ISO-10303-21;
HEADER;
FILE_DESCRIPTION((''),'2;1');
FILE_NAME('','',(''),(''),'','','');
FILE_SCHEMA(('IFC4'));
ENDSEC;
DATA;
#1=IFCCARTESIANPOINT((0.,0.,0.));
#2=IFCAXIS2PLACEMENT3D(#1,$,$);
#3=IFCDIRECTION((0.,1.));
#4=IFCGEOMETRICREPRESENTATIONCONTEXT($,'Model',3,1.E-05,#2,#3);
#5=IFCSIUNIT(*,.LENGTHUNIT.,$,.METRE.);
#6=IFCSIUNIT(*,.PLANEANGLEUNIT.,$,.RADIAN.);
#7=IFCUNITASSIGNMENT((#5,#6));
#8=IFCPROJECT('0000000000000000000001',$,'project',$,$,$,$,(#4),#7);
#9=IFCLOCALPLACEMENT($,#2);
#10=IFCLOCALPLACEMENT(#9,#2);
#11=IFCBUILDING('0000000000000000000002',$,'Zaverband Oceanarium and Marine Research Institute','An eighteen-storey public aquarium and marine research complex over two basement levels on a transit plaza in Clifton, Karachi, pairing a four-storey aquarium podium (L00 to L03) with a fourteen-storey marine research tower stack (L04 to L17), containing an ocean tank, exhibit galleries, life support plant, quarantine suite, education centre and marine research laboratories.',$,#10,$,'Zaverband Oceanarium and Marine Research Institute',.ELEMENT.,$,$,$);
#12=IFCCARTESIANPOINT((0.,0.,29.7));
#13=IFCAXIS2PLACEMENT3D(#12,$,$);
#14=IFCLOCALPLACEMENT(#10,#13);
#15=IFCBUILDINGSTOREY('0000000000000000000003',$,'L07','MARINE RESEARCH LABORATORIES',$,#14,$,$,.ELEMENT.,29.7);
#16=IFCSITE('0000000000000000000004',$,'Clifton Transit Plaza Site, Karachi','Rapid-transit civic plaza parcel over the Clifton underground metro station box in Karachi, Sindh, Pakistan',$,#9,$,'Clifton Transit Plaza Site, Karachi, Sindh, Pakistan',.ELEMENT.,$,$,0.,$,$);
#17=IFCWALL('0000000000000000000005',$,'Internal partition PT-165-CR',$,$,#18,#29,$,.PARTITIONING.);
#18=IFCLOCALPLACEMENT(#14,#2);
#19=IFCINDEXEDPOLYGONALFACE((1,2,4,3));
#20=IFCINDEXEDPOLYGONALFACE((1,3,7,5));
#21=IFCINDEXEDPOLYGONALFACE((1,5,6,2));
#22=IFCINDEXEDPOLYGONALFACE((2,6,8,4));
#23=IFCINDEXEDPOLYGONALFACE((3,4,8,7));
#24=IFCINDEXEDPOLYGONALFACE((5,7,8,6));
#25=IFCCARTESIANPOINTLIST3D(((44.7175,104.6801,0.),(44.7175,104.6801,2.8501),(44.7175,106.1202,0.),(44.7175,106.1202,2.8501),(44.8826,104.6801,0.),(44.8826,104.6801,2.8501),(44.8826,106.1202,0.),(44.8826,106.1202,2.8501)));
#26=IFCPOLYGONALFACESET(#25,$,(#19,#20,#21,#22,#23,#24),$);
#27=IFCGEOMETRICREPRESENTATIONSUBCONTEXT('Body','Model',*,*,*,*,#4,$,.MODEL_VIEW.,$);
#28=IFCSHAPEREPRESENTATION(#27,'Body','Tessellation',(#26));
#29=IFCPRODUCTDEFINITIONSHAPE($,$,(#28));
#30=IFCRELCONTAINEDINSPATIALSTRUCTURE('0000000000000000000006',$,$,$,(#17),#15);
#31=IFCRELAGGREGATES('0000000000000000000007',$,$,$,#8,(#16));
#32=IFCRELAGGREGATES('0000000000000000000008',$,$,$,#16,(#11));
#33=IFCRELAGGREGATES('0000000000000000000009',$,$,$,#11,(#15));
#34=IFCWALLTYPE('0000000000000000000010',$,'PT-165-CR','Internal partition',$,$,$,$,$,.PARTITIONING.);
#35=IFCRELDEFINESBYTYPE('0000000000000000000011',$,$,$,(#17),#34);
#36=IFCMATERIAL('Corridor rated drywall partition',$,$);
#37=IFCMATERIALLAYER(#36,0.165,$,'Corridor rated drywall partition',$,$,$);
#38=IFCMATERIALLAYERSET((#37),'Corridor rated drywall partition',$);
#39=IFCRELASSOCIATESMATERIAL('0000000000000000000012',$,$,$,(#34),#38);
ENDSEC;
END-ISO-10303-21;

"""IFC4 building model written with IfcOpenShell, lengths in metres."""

from ifc_helpers import new_model, si_unit, direction, frame, frame_2d, origin, place, context, subcontext, project, spatial, rectangle, extrude, material, layer, layer_set, type_object, element, save


model = new_model("IFC4")

# Units and contexts
model_context = context("Model", 3, precision=1e-05, world=origin(), true_north=direction((0.0, 1.0)))
body_context = subcontext(model_context, "Body", "Model", "MODEL_VIEW")
ifc_project = project(units=[si_unit("LENGTHUNIT", "METRE"), si_unit("PLANEANGLEUNIT", "RADIAN")], contexts=[model_context])

# Site, building, storey
site_placement = place(None, origin())
site = spatial("IfcSite", under=ifc_project, at=site_placement, Name="Clifton Transit Plaza Site, Karachi", Description="Rapid-transit civic plaza parcel over the Clifton underground metro station box in Karachi, Sindh, Pakistan", LongName="Clifton Transit Plaza Site, Karachi, Sindh, Pakistan", CompositionType="ELEMENT", RefElevation=0.0)
building_placement = place(site_placement, origin())
building = spatial("IfcBuilding", under=site, at=building_placement, Name="Zaverband Oceanarium and Marine Research Institute", Description="An eighteen-storey public aquarium and marine research complex over two basement levels on a transit plaza in Clifton, Karachi, pairing a four-storey aquarium podium (L00 to L03) with a fourteen-storey marine research tower stack (L04 to L17), containing an ocean tank, exhibit galleries, life support plant, quarantine suite, education centre and marine research laboratories.", LongName="Zaverband Oceanarium and Marine Research Institute", CompositionType="ELEMENT")
storey_placement = place(building_placement, frame((0.0, 0.0, 29.7)))
storey = spatial("IfcBuildingStorey", under=building, at=storey_placement, Name="L07", Description="MARINE RESEARCH LABORATORIES", CompositionType="ELEMENT", Elevation=29.7)

# Wall
ifc_material_1 = material(Name="Corridor rated drywall partition")
ifc_layer_1 = layer(ifc_material_1, 0.165, Name="Corridor rated drywall partition")
ifc_layer_set_1 = layer_set([ifc_layer_1], Name="Corridor rated drywall partition")
wall_type_1 = type_object("IfcWallType", Name="PT-165-CR", Description="Internal partition", PredefinedType="PARTITIONING", material=ifc_layer_set_1)
wall_1_placement = place(storey_placement, frame((44.8, 104.6799, 0.0), z_axis=(0.0, 0.0, 1.0), x_axis=(0.0, 1.0, 0.0)))
element("IfcWall", 1, at=wall_1_placement, inside=storey, type_object=wall_type_1, Name="Internal partition PT-165-CR", PredefinedType="PARTITIONING", context=body_context, shape_type="SweptSolid", body=[
    extrude(rectangle(XDim=1.4402, YDim=0.165, at=frame_2d((0.7202, 0.0))), origin(), (0.0, 0.0, 1.0), 2.8501),
])

save(model, "model.ifc")
